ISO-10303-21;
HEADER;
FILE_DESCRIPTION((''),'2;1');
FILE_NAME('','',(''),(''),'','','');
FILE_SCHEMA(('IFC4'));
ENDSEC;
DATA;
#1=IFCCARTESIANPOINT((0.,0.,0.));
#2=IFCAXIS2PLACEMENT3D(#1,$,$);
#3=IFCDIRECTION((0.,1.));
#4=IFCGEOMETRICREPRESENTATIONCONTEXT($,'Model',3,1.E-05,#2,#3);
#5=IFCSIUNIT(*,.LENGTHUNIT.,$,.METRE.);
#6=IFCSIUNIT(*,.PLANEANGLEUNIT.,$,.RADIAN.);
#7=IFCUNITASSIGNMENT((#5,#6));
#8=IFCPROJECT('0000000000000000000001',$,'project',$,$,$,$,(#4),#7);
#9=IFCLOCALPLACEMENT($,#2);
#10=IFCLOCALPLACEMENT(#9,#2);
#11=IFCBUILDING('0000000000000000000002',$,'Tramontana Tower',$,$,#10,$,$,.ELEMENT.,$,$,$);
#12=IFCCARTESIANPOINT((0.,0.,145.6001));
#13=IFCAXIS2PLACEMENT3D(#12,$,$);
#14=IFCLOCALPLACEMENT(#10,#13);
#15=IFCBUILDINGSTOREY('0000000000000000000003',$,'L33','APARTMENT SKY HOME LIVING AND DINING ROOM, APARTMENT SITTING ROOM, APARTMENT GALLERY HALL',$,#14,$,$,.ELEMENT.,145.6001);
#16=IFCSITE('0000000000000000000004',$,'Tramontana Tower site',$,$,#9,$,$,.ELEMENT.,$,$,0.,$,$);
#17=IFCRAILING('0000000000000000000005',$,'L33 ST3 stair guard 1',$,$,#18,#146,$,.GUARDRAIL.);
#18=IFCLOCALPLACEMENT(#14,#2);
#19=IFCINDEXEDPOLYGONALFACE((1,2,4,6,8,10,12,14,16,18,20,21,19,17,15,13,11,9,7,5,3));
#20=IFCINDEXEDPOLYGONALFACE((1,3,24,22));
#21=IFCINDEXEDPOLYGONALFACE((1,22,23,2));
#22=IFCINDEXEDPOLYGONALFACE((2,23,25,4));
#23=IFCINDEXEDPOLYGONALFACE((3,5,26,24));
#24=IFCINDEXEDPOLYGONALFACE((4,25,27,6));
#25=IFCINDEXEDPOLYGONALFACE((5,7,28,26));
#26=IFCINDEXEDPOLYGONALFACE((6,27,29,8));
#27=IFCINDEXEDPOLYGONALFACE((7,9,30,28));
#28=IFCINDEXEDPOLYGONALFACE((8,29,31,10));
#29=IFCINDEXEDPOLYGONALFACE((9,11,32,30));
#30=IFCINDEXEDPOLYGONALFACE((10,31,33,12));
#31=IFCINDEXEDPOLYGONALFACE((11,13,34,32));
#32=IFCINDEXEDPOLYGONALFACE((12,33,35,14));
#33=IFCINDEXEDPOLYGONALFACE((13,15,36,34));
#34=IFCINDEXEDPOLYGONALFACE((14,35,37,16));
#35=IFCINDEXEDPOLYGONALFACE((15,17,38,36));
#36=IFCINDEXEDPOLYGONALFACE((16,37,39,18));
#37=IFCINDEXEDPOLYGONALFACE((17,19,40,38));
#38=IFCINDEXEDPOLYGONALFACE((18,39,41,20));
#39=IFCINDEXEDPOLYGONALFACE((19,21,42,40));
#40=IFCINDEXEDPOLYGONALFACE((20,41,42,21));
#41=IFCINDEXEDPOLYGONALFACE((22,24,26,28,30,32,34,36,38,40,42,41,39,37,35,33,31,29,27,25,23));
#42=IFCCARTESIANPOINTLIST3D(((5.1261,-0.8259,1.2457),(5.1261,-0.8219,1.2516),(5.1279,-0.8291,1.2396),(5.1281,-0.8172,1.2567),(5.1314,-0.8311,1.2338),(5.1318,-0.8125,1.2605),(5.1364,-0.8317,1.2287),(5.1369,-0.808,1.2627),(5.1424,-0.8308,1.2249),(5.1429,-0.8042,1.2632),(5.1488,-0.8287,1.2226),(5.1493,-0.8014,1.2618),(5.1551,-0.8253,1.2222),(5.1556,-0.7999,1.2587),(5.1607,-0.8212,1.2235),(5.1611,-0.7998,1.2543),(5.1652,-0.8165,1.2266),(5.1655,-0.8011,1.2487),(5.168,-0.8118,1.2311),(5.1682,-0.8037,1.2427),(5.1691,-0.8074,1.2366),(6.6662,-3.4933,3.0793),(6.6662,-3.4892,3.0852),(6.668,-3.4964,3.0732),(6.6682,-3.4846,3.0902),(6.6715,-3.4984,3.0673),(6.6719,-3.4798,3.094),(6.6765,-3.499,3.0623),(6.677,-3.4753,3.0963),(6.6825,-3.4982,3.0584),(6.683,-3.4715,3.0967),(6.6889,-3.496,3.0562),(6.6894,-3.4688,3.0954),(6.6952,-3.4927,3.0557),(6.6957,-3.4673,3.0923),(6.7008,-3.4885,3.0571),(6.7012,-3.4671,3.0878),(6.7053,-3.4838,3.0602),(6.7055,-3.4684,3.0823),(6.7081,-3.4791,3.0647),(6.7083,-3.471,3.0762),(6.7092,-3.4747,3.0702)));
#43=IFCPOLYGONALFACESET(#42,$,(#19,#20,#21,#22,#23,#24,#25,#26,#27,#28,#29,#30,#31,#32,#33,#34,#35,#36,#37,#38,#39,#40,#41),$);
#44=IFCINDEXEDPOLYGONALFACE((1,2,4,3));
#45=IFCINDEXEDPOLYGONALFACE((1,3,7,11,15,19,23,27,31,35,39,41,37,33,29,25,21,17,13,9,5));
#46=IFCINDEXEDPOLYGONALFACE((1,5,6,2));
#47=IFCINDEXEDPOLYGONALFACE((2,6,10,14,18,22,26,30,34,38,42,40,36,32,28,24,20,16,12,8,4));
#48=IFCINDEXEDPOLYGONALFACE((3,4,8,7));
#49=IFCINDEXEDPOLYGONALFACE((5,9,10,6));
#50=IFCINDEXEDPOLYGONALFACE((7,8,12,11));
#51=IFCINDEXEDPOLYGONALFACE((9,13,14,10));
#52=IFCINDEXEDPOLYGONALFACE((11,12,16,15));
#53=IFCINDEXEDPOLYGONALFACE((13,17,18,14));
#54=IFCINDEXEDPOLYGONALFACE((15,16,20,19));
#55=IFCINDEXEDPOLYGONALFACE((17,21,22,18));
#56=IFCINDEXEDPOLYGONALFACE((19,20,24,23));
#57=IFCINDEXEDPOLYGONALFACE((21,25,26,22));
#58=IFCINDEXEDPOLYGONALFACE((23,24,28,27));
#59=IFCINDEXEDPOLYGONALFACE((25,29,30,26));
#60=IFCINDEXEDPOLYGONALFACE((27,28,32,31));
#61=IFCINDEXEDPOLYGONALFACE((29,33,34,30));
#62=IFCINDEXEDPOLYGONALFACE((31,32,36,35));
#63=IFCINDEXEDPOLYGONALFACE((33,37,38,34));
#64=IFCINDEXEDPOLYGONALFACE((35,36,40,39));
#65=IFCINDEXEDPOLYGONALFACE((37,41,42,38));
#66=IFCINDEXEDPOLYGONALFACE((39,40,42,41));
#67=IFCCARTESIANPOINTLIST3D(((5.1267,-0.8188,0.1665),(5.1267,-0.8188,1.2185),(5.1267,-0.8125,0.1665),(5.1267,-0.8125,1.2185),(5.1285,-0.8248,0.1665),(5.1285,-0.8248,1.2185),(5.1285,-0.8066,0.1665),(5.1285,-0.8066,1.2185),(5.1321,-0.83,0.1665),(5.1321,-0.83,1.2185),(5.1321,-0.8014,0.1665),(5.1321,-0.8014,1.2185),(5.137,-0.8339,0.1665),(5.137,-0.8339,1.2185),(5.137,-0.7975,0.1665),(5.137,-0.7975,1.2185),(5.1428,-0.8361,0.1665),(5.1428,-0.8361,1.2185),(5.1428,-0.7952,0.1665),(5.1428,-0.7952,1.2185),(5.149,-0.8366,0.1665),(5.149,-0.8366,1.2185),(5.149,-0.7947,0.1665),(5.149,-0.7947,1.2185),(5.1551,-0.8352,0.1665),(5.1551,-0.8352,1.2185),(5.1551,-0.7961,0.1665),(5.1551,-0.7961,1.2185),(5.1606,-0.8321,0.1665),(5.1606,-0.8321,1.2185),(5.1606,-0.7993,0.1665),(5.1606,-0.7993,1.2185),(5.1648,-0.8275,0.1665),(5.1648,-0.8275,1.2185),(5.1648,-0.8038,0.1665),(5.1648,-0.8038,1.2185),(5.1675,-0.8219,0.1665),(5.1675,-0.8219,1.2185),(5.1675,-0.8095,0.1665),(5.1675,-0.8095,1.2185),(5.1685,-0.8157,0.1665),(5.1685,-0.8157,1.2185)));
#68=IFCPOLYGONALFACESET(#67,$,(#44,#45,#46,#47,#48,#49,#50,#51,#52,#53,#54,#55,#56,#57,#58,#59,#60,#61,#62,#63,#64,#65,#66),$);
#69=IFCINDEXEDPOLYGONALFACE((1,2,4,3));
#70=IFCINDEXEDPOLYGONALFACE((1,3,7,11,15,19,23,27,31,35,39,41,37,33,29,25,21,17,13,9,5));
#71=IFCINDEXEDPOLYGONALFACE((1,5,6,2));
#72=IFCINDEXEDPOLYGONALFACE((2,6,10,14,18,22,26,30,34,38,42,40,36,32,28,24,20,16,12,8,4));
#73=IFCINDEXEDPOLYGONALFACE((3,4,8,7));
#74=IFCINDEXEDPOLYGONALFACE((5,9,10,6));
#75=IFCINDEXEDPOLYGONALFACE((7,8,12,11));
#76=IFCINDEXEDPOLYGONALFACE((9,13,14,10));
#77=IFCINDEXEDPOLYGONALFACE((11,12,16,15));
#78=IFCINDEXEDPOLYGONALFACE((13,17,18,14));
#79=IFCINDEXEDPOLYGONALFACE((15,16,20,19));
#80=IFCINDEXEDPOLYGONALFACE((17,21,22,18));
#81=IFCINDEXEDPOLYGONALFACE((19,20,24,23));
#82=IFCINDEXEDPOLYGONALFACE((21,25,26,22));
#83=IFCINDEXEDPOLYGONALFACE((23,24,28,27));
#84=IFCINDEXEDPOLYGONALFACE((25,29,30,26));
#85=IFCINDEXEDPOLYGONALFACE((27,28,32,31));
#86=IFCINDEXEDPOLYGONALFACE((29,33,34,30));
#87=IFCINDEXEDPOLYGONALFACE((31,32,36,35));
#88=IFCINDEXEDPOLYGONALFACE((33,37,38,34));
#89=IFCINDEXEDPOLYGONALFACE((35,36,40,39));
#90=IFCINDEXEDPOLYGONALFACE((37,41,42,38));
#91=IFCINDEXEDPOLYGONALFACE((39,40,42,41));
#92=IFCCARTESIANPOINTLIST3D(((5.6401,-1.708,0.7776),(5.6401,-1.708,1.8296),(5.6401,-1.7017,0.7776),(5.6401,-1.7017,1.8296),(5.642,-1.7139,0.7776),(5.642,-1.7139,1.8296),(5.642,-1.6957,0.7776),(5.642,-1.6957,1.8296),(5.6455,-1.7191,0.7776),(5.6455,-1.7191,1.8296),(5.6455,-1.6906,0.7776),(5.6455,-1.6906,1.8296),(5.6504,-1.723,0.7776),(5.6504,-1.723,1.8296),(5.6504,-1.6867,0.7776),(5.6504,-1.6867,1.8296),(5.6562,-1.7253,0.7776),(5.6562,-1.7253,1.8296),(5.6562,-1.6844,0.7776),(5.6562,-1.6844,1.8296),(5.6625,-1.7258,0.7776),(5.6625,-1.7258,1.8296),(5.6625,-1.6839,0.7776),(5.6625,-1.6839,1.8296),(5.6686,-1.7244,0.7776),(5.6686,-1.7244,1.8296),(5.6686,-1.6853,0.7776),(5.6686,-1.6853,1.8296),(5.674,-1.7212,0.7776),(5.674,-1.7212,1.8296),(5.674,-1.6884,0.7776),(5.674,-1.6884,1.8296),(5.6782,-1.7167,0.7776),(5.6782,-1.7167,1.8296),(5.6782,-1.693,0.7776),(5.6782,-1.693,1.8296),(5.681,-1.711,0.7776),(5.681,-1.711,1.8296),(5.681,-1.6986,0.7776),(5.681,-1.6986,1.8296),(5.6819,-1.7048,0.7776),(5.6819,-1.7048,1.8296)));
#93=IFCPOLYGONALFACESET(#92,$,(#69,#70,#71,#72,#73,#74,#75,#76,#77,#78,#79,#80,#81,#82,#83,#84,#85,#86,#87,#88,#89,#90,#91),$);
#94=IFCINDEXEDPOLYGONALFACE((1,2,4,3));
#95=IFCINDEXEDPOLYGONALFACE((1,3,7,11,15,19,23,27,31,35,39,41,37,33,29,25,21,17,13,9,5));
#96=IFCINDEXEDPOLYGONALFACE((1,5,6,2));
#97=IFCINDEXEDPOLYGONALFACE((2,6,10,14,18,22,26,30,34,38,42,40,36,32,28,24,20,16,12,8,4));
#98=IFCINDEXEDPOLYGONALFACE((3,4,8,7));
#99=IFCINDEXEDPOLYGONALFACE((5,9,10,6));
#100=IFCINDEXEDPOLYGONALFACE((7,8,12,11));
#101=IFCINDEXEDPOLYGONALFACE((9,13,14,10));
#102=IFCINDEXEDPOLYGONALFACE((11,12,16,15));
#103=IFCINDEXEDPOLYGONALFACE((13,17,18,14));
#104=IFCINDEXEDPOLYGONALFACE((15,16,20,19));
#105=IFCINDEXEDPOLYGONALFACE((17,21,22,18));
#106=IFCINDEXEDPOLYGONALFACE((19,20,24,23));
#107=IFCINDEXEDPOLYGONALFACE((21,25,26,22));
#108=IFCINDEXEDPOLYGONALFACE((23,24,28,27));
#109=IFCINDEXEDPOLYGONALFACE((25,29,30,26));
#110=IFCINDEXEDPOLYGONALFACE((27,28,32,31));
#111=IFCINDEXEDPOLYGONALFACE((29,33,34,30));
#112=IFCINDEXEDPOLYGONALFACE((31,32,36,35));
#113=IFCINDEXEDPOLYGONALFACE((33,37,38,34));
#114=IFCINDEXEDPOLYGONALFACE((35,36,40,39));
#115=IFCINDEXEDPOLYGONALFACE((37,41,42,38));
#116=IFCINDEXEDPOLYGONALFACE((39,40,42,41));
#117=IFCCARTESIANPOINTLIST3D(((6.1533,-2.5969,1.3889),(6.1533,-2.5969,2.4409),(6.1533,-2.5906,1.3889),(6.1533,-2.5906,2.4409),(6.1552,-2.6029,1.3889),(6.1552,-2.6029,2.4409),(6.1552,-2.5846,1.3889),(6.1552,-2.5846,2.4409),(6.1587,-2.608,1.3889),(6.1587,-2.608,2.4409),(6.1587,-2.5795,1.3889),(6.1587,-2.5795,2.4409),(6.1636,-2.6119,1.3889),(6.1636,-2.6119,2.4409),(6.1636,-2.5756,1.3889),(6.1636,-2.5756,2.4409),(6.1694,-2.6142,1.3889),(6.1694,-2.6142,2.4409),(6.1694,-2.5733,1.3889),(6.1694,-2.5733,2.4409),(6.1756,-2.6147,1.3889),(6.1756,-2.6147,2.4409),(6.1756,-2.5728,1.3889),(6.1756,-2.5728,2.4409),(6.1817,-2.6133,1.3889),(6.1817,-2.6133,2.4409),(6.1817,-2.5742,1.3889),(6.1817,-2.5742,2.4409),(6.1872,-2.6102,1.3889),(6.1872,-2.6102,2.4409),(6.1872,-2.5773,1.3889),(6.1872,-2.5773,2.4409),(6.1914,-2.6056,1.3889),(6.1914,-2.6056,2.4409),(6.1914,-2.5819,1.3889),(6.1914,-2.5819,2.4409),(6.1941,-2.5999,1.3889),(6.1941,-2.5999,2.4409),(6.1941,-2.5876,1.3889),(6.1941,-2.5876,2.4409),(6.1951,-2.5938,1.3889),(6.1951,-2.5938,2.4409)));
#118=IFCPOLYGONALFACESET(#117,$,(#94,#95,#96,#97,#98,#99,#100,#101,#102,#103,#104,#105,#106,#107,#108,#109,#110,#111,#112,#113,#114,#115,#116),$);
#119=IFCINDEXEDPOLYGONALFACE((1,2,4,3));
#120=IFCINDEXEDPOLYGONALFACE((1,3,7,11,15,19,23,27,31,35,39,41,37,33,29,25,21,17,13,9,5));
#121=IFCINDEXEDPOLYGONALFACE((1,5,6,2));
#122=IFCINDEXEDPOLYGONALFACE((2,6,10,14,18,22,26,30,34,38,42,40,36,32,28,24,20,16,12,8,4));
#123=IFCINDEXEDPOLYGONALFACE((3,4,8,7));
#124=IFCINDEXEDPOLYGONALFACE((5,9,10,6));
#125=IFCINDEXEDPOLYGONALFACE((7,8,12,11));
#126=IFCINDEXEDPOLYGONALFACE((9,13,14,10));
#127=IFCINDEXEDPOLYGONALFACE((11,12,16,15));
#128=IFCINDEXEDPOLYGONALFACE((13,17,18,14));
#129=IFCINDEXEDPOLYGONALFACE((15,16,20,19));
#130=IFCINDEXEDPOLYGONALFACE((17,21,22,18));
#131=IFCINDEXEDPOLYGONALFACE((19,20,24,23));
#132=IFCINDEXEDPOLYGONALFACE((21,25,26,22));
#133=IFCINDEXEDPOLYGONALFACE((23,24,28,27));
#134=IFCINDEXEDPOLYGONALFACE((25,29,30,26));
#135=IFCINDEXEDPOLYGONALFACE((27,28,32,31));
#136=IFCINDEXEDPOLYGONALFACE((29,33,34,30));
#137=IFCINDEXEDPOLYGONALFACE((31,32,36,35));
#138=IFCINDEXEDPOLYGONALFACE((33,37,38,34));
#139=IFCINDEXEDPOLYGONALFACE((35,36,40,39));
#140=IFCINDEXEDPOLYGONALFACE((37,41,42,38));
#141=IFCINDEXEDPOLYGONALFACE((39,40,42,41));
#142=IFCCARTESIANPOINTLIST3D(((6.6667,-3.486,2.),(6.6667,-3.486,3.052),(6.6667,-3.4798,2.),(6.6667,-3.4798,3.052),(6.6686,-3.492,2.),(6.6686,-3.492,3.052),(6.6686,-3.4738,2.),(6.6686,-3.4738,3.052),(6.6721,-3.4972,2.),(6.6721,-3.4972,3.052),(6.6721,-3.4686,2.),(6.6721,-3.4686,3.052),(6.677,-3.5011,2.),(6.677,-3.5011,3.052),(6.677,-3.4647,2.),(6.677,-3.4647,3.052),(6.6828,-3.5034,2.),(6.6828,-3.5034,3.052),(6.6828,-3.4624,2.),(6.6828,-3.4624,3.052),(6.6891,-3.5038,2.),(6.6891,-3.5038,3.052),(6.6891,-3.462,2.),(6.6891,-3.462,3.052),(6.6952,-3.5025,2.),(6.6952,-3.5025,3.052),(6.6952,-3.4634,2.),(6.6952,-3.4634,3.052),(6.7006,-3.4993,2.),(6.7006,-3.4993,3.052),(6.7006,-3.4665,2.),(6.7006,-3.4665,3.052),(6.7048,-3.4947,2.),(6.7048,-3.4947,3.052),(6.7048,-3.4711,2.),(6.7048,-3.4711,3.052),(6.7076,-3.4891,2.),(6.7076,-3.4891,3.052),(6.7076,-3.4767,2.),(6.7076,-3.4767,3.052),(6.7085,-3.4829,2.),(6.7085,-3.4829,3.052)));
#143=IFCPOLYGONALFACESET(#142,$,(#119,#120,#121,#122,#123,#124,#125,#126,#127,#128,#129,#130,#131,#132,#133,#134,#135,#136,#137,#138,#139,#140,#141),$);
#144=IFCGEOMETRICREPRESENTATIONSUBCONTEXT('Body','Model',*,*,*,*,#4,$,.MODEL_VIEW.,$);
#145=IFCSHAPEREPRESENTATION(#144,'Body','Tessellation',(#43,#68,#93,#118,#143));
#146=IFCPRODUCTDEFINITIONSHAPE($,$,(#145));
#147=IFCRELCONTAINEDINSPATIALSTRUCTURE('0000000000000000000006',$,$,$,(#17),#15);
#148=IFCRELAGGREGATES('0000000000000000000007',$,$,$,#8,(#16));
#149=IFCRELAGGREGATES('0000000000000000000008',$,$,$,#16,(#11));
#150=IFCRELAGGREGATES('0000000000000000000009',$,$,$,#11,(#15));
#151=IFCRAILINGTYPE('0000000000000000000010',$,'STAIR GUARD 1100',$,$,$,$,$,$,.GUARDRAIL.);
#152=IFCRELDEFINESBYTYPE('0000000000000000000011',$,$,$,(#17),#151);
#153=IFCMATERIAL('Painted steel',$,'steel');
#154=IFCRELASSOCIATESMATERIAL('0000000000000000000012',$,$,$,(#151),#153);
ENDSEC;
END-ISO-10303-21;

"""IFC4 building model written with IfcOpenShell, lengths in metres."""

from ifc_helpers import new_model, si_unit, direction, frame, origin, origin_2d, place, context, subcontext, project, spatial, circle, extrude, material, type_object, element, save


model = new_model("IFC4")

# Units and contexts
model_context = context("Model", 3, precision=1e-05, world=origin(), true_north=direction((0.0, 1.0)))
body_context = subcontext(model_context, "Body", "Model", "MODEL_VIEW")
ifc_project = project(units=[si_unit("LENGTHUNIT", "METRE"), si_unit("PLANEANGLEUNIT", "RADIAN")], contexts=[model_context])

# Site, building, storey
site_placement = place(None, origin())
site = spatial("IfcSite", under=ifc_project, at=site_placement, Name="Tramontana Tower site", CompositionType="ELEMENT", RefElevation=0.0)
building_placement = place(site_placement, origin())
building = spatial("IfcBuilding", under=site, at=building_placement, Name="Tramontana Tower", CompositionType="ELEMENT")
storey_placement = place(building_placement, frame((0.0, 0.0, 145.6001)))
storey = spatial("IfcBuildingStorey", under=building, at=storey_placement, Name="L33", Description="APARTMENT SKY HOME LIVING AND DINING ROOM, APARTMENT SITTING ROOM, APARTMENT GALLERY HALL", CompositionType="ELEMENT", Elevation=145.6001)

# Railing
ifc_material_1 = material(Name="Painted steel", Category="steel")
railing_type = type_object("IfcRailingType", Name="STAIR GUARD 1100", PredefinedType="GUARDRAIL", material=ifc_material_1)
railing_1_placement = place(storey_placement, frame((5.1475, -0.8157, 0.1665)))
element("IfcRailing", 1, at=railing_1_placement, inside=storey, type_object=railing_type, Name="L33 ST3 stair guard 1", PredefinedType="GUARDRAIL", context=body_context, shape_type="SweptSolid", body=[
    extrude(circle(Radius=0.0239, at=origin_2d()), frame((0.0, 0.0, 1.0762), z_axis=(0.429656, -0.744134, 0.511528), x_axis=(0.86601, 0.500027, 0.0)), (0.0, 0.0, 1.0), 3.5845),
    extrude(circle(Radius=0.021, at=origin_2d()), origin(), (0.0, 0.0, 1.0), 1.052),
    extrude(circle(Radius=0.021, at=origin_2d()), frame((0.5134, -0.8892, 0.6111)), (0.0, 0.0, 1.0), 1.052),
    extrude(circle(Radius=0.021, at=origin_2d()), frame((1.0266, -1.7781, 1.2224)), (0.0, 0.0, 1.0), 1.052),
    extrude(circle(Radius=0.021, at=origin_2d()), frame((1.54, -2.6672, 1.8335)), (0.0, 0.0, 1.0), 1.052),
])

save(model, "model.ifc")
